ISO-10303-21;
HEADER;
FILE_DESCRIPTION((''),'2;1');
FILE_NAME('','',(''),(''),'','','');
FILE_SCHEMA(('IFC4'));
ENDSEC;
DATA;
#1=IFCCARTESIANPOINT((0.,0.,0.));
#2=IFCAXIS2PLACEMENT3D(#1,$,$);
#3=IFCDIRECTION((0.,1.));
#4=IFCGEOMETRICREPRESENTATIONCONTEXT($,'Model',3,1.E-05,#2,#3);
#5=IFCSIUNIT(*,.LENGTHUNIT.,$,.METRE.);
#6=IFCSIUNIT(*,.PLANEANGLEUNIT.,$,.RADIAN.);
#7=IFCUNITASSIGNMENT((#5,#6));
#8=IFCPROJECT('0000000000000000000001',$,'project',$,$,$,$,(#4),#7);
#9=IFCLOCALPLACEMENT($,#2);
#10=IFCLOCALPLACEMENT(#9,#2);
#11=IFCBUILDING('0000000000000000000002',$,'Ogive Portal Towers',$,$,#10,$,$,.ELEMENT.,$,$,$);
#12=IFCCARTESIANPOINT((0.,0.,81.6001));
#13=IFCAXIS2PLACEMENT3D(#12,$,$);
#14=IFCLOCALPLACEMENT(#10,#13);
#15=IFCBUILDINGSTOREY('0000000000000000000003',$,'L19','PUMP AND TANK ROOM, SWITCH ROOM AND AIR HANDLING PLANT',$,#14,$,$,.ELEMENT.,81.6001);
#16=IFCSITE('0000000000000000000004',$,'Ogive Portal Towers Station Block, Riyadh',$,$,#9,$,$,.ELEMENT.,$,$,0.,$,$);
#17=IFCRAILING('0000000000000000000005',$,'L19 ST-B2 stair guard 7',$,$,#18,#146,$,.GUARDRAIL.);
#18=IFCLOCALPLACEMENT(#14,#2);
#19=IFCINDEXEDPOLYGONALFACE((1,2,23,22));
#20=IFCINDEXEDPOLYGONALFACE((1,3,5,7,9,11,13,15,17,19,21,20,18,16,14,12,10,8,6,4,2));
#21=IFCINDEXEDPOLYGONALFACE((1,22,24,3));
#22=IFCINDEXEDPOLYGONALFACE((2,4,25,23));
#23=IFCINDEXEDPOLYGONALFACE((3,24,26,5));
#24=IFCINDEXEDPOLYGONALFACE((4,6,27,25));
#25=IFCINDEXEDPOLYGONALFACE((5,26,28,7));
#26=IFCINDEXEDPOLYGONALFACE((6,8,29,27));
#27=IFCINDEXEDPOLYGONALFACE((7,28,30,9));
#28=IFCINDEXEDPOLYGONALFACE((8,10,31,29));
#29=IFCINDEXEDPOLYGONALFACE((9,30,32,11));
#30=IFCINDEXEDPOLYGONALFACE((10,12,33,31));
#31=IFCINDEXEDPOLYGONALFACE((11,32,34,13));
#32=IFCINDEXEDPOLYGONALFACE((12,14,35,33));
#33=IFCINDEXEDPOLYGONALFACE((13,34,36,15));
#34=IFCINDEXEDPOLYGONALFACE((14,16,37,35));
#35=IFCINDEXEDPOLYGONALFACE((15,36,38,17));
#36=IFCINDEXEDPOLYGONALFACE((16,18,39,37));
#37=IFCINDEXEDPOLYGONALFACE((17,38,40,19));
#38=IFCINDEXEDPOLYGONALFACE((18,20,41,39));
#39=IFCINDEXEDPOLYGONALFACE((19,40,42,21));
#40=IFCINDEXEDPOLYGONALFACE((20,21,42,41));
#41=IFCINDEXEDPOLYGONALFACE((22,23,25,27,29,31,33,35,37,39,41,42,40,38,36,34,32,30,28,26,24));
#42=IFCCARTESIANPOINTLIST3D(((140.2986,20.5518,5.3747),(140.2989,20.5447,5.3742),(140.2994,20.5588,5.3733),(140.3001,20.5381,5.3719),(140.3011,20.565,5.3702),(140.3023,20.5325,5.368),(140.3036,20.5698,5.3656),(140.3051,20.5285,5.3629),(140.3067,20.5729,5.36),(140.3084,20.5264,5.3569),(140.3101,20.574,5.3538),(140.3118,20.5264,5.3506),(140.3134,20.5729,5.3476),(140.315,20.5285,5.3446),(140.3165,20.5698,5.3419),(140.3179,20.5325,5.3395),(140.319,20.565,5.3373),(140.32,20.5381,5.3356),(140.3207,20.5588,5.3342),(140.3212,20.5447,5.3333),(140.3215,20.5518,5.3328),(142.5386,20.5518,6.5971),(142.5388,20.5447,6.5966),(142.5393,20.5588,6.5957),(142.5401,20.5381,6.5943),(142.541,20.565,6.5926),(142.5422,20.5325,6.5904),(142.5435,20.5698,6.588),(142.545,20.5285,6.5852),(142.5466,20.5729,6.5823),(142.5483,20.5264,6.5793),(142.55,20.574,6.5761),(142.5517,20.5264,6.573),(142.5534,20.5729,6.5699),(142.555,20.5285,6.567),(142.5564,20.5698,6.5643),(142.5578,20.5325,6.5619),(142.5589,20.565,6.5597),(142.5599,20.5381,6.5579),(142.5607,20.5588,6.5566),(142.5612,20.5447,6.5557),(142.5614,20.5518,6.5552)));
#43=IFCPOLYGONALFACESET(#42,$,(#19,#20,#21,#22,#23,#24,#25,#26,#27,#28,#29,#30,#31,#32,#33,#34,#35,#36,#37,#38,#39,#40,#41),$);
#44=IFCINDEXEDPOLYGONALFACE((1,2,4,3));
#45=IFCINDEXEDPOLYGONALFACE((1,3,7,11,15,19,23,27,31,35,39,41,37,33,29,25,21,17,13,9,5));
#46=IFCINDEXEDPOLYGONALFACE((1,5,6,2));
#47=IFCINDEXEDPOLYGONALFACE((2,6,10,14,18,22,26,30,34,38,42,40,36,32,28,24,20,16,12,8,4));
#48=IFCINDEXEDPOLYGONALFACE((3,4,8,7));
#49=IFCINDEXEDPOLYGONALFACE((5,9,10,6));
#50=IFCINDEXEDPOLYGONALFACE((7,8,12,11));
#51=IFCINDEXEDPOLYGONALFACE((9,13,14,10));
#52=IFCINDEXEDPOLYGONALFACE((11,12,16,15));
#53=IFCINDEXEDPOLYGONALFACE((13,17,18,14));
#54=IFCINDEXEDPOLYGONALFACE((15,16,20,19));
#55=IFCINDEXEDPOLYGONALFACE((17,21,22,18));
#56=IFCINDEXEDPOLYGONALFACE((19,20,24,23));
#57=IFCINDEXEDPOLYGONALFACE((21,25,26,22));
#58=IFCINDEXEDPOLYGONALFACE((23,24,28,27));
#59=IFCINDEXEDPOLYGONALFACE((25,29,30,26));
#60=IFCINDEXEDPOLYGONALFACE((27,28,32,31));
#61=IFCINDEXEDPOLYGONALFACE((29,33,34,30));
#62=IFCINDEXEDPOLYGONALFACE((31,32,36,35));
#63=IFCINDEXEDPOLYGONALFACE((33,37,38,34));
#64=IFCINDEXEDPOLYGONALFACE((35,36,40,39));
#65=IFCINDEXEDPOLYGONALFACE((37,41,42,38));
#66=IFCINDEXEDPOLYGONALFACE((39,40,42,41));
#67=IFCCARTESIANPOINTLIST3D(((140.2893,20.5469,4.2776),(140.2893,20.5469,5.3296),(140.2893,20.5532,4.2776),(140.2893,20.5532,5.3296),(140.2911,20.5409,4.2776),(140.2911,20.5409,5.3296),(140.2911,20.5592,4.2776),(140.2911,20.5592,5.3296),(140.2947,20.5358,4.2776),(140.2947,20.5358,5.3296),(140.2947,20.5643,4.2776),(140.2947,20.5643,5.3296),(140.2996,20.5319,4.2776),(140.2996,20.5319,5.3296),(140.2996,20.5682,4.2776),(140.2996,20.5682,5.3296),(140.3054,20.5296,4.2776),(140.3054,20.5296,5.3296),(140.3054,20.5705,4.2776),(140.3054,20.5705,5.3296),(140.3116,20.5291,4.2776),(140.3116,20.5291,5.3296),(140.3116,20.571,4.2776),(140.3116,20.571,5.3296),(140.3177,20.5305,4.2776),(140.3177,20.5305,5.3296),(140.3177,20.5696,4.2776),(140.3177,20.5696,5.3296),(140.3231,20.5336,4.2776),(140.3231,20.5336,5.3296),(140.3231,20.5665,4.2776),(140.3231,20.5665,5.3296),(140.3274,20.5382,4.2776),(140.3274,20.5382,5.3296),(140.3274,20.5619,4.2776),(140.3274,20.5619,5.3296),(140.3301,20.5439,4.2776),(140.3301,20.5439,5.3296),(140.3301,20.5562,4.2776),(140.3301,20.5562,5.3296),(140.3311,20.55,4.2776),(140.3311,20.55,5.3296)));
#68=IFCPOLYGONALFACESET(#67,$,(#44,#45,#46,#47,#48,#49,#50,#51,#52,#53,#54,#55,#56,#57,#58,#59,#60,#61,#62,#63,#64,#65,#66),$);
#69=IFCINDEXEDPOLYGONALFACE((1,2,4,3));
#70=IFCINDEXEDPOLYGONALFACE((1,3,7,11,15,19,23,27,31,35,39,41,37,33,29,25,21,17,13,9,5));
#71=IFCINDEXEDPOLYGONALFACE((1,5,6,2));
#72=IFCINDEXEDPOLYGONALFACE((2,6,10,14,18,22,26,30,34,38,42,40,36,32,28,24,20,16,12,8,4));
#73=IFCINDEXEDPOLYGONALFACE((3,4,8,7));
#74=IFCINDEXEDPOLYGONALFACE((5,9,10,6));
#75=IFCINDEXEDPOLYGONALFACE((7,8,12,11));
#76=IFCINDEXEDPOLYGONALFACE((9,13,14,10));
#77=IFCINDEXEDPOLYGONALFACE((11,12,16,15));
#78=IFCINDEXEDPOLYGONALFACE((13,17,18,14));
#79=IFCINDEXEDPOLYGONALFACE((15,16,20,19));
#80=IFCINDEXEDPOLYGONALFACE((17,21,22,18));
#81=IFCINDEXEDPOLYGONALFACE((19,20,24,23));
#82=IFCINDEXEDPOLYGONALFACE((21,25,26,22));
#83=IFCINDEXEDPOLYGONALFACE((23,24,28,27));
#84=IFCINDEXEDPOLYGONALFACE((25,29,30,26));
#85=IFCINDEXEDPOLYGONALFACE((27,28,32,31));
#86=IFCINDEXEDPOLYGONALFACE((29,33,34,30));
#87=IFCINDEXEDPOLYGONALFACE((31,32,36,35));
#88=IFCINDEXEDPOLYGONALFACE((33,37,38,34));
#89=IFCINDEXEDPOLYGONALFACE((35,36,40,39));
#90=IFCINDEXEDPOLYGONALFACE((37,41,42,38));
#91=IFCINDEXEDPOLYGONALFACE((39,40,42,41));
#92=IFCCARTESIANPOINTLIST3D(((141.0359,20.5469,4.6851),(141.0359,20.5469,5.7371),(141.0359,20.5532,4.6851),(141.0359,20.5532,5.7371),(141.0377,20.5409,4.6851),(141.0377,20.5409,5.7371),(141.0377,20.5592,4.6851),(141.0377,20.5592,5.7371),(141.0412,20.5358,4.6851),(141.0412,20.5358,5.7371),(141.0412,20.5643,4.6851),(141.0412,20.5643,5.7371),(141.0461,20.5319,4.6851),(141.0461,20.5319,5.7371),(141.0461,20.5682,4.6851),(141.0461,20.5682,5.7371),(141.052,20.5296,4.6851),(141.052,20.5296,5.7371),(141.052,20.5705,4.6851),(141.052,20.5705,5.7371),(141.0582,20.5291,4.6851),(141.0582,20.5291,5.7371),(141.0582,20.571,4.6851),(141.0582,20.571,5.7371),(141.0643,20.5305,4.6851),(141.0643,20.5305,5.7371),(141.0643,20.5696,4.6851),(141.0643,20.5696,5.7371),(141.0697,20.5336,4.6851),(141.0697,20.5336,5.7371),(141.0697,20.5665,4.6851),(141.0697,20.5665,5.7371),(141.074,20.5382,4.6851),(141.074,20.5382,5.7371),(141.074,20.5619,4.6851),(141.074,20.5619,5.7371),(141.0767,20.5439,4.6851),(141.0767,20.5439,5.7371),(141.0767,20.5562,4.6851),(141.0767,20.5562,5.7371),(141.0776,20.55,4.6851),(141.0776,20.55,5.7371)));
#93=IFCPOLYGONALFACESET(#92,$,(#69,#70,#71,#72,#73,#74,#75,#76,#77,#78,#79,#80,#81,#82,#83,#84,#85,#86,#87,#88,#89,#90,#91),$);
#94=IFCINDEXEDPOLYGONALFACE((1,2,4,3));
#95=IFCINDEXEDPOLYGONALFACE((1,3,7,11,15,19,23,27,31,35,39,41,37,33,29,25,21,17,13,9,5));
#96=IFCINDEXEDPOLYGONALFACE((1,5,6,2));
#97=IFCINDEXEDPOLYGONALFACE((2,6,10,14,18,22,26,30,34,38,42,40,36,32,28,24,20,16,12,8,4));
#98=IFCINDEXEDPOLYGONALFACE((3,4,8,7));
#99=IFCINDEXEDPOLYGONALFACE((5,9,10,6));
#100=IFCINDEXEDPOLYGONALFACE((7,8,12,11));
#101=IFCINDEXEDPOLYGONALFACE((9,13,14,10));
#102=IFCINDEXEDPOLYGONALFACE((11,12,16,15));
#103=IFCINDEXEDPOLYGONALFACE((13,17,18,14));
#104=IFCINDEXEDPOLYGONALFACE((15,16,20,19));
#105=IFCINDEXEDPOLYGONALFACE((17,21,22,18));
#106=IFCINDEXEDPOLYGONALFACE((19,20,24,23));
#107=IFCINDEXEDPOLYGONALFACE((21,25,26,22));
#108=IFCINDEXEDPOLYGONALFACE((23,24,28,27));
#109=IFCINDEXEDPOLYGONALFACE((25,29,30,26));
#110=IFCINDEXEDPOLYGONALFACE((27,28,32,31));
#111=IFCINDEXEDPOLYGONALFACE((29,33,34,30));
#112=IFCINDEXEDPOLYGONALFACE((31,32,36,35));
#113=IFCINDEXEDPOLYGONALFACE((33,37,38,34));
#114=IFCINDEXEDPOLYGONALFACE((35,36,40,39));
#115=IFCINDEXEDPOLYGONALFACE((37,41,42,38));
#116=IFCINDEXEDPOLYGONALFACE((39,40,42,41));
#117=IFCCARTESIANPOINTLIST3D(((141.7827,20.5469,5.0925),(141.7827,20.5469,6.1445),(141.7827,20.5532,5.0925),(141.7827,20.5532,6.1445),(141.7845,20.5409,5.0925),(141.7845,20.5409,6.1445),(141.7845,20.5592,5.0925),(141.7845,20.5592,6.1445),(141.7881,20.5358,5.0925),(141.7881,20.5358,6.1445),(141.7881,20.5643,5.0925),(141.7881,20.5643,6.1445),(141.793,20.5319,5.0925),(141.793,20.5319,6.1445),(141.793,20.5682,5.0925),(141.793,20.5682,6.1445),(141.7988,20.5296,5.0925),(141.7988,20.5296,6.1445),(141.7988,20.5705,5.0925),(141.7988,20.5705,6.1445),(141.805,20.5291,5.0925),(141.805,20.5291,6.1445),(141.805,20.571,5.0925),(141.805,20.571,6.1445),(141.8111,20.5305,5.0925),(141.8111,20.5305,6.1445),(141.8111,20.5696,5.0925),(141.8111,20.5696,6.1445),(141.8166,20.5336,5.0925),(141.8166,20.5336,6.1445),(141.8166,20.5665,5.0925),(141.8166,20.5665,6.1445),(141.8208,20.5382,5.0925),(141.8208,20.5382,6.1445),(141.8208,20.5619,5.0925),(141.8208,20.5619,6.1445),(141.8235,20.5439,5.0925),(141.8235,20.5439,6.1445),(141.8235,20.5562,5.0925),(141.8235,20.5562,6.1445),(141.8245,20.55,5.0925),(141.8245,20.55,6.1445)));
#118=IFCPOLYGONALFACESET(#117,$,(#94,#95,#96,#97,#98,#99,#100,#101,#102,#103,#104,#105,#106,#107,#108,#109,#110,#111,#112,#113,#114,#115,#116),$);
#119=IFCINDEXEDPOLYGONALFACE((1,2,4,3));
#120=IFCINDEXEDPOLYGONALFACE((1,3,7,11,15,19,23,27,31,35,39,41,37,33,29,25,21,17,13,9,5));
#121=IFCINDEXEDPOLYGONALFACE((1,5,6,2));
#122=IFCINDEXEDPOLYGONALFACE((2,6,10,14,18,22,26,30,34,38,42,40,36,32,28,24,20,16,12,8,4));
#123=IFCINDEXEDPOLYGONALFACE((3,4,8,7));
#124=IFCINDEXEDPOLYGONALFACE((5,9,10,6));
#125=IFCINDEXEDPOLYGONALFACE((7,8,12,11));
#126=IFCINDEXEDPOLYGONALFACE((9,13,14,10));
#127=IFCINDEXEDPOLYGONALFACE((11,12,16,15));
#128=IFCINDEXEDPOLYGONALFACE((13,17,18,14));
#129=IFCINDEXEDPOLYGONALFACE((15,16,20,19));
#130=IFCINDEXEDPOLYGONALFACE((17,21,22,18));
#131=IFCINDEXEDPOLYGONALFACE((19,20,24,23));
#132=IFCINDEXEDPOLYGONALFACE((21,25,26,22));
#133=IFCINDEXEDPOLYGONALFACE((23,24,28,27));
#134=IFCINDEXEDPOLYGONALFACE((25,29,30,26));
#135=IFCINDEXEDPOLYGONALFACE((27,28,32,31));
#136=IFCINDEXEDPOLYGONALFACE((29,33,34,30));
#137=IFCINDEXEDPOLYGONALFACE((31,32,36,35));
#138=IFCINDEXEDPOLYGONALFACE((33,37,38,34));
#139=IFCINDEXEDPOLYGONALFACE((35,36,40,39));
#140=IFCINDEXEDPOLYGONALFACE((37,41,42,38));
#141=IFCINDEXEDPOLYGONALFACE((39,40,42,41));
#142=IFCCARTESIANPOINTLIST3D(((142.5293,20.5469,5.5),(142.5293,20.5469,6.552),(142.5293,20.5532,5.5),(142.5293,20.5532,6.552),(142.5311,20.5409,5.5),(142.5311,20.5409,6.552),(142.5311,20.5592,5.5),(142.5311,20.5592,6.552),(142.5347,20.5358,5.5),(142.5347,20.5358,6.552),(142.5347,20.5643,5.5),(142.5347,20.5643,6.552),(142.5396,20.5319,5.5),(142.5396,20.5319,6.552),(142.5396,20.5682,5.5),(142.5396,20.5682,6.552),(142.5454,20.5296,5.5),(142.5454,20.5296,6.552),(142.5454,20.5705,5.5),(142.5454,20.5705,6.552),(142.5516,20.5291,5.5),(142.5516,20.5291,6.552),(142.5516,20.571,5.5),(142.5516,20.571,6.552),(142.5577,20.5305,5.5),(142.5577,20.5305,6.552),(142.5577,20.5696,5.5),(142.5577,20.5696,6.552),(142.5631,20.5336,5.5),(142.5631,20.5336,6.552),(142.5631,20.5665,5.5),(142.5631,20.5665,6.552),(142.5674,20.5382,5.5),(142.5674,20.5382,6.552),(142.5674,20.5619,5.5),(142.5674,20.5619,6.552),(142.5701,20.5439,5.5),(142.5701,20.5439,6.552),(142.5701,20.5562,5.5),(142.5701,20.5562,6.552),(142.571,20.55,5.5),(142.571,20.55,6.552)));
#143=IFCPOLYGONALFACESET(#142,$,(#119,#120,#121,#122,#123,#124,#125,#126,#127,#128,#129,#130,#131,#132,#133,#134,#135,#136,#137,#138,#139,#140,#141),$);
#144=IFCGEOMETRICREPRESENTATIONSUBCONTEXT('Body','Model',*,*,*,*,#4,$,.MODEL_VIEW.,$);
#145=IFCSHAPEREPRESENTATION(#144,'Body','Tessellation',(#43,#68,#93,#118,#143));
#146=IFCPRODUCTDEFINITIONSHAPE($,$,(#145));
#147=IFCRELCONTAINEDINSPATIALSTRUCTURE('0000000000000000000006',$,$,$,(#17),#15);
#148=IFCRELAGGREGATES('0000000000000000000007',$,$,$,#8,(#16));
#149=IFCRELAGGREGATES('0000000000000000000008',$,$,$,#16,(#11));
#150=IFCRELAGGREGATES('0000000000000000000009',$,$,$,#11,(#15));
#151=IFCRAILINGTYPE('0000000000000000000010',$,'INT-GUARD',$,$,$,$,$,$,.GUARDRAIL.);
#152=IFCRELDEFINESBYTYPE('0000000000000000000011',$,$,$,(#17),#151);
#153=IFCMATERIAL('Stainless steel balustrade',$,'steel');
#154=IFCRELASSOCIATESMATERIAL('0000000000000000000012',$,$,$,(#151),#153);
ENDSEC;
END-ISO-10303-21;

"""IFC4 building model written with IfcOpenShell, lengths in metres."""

from ifc_helpers import new_model, si_unit, direction, frame, origin, origin_2d, place, context, subcontext, project, spatial, circle, extrude, material, type_object, element, save


model = new_model("IFC4")

# Units and contexts
model_context = context("Model", 3, precision=1e-05, world=origin(), true_north=direction((0.0, 1.0)))
body_context = subcontext(model_context, "Body", "Model", "MODEL_VIEW")
ifc_project = project(units=[si_unit("LENGTHUNIT", "METRE"), si_unit("PLANEANGLEUNIT", "RADIAN")], contexts=[model_context])

# Site, building, storey
site_placement = place(None, origin())
site = spatial("IfcSite", under=ifc_project, at=site_placement, Name="Ogive Portal Towers Station Block, Riyadh", CompositionType="ELEMENT", RefElevation=0.0)
building_placement = place(site_placement, origin())
building = spatial("IfcBuilding", under=site, at=building_placement, Name="Ogive Portal Towers", CompositionType="ELEMENT")
storey_placement = place(building_placement, frame((0.0, 0.0, 81.6001)))
storey = spatial("IfcBuildingStorey", under=building, at=storey_placement, Name="L19", Description="PUMP AND TANK ROOM, SWITCH ROOM AND AIR HANDLING PLANT", CompositionType="ELEMENT", Elevation=81.6001)

# Railing
ifc_material_1 = material(Name="Stainless steel balustrade", Category="steel")
railing_type_1 = type_object("IfcRailingType", Name="INT-GUARD", PredefinedType="GUARDRAIL", material=ifc_material_1)
railing_1_placement = place(storey_placement, frame((140.3101, 20.55, 4.2776)))
element("IfcRailing", 1, at=railing_1_placement, inside=storey, type_object=railing_type_1, Name="L19 ST-B2 stair guard 7", PredefinedType="GUARDRAIL", context=body_context, shape_type="SweptSolid", body=[
    extrude(circle(Radius=0.0239, at=origin_2d()), frame((0.0, 0.0, 1.0762), z_axis=(0.877797, 0.0, 0.479033), x_axis=(0.0, 1.0, 0.0)), (0.0, 0.0, 1.0), 2.5518),
    extrude(circle(Radius=0.021, at=origin_2d()), origin(), (0.0, 0.0, 1.0), 1.052),
    extrude(circle(Radius=0.021, at=origin_2d()), frame((0.7466, 0.0, 0.4075)), (0.0, 0.0, 1.0), 1.052),
    extrude(circle(Radius=0.021, at=origin_2d()), frame((1.4934, 0.0, 0.8149)), (0.0, 0.0, 1.0), 1.052),
    extrude(circle(Radius=0.021, at=origin_2d()), frame((2.24, 0.0, 1.2224)), (0.0, 0.0, 1.0), 1.052),
])

save(model, "model.ifc")
